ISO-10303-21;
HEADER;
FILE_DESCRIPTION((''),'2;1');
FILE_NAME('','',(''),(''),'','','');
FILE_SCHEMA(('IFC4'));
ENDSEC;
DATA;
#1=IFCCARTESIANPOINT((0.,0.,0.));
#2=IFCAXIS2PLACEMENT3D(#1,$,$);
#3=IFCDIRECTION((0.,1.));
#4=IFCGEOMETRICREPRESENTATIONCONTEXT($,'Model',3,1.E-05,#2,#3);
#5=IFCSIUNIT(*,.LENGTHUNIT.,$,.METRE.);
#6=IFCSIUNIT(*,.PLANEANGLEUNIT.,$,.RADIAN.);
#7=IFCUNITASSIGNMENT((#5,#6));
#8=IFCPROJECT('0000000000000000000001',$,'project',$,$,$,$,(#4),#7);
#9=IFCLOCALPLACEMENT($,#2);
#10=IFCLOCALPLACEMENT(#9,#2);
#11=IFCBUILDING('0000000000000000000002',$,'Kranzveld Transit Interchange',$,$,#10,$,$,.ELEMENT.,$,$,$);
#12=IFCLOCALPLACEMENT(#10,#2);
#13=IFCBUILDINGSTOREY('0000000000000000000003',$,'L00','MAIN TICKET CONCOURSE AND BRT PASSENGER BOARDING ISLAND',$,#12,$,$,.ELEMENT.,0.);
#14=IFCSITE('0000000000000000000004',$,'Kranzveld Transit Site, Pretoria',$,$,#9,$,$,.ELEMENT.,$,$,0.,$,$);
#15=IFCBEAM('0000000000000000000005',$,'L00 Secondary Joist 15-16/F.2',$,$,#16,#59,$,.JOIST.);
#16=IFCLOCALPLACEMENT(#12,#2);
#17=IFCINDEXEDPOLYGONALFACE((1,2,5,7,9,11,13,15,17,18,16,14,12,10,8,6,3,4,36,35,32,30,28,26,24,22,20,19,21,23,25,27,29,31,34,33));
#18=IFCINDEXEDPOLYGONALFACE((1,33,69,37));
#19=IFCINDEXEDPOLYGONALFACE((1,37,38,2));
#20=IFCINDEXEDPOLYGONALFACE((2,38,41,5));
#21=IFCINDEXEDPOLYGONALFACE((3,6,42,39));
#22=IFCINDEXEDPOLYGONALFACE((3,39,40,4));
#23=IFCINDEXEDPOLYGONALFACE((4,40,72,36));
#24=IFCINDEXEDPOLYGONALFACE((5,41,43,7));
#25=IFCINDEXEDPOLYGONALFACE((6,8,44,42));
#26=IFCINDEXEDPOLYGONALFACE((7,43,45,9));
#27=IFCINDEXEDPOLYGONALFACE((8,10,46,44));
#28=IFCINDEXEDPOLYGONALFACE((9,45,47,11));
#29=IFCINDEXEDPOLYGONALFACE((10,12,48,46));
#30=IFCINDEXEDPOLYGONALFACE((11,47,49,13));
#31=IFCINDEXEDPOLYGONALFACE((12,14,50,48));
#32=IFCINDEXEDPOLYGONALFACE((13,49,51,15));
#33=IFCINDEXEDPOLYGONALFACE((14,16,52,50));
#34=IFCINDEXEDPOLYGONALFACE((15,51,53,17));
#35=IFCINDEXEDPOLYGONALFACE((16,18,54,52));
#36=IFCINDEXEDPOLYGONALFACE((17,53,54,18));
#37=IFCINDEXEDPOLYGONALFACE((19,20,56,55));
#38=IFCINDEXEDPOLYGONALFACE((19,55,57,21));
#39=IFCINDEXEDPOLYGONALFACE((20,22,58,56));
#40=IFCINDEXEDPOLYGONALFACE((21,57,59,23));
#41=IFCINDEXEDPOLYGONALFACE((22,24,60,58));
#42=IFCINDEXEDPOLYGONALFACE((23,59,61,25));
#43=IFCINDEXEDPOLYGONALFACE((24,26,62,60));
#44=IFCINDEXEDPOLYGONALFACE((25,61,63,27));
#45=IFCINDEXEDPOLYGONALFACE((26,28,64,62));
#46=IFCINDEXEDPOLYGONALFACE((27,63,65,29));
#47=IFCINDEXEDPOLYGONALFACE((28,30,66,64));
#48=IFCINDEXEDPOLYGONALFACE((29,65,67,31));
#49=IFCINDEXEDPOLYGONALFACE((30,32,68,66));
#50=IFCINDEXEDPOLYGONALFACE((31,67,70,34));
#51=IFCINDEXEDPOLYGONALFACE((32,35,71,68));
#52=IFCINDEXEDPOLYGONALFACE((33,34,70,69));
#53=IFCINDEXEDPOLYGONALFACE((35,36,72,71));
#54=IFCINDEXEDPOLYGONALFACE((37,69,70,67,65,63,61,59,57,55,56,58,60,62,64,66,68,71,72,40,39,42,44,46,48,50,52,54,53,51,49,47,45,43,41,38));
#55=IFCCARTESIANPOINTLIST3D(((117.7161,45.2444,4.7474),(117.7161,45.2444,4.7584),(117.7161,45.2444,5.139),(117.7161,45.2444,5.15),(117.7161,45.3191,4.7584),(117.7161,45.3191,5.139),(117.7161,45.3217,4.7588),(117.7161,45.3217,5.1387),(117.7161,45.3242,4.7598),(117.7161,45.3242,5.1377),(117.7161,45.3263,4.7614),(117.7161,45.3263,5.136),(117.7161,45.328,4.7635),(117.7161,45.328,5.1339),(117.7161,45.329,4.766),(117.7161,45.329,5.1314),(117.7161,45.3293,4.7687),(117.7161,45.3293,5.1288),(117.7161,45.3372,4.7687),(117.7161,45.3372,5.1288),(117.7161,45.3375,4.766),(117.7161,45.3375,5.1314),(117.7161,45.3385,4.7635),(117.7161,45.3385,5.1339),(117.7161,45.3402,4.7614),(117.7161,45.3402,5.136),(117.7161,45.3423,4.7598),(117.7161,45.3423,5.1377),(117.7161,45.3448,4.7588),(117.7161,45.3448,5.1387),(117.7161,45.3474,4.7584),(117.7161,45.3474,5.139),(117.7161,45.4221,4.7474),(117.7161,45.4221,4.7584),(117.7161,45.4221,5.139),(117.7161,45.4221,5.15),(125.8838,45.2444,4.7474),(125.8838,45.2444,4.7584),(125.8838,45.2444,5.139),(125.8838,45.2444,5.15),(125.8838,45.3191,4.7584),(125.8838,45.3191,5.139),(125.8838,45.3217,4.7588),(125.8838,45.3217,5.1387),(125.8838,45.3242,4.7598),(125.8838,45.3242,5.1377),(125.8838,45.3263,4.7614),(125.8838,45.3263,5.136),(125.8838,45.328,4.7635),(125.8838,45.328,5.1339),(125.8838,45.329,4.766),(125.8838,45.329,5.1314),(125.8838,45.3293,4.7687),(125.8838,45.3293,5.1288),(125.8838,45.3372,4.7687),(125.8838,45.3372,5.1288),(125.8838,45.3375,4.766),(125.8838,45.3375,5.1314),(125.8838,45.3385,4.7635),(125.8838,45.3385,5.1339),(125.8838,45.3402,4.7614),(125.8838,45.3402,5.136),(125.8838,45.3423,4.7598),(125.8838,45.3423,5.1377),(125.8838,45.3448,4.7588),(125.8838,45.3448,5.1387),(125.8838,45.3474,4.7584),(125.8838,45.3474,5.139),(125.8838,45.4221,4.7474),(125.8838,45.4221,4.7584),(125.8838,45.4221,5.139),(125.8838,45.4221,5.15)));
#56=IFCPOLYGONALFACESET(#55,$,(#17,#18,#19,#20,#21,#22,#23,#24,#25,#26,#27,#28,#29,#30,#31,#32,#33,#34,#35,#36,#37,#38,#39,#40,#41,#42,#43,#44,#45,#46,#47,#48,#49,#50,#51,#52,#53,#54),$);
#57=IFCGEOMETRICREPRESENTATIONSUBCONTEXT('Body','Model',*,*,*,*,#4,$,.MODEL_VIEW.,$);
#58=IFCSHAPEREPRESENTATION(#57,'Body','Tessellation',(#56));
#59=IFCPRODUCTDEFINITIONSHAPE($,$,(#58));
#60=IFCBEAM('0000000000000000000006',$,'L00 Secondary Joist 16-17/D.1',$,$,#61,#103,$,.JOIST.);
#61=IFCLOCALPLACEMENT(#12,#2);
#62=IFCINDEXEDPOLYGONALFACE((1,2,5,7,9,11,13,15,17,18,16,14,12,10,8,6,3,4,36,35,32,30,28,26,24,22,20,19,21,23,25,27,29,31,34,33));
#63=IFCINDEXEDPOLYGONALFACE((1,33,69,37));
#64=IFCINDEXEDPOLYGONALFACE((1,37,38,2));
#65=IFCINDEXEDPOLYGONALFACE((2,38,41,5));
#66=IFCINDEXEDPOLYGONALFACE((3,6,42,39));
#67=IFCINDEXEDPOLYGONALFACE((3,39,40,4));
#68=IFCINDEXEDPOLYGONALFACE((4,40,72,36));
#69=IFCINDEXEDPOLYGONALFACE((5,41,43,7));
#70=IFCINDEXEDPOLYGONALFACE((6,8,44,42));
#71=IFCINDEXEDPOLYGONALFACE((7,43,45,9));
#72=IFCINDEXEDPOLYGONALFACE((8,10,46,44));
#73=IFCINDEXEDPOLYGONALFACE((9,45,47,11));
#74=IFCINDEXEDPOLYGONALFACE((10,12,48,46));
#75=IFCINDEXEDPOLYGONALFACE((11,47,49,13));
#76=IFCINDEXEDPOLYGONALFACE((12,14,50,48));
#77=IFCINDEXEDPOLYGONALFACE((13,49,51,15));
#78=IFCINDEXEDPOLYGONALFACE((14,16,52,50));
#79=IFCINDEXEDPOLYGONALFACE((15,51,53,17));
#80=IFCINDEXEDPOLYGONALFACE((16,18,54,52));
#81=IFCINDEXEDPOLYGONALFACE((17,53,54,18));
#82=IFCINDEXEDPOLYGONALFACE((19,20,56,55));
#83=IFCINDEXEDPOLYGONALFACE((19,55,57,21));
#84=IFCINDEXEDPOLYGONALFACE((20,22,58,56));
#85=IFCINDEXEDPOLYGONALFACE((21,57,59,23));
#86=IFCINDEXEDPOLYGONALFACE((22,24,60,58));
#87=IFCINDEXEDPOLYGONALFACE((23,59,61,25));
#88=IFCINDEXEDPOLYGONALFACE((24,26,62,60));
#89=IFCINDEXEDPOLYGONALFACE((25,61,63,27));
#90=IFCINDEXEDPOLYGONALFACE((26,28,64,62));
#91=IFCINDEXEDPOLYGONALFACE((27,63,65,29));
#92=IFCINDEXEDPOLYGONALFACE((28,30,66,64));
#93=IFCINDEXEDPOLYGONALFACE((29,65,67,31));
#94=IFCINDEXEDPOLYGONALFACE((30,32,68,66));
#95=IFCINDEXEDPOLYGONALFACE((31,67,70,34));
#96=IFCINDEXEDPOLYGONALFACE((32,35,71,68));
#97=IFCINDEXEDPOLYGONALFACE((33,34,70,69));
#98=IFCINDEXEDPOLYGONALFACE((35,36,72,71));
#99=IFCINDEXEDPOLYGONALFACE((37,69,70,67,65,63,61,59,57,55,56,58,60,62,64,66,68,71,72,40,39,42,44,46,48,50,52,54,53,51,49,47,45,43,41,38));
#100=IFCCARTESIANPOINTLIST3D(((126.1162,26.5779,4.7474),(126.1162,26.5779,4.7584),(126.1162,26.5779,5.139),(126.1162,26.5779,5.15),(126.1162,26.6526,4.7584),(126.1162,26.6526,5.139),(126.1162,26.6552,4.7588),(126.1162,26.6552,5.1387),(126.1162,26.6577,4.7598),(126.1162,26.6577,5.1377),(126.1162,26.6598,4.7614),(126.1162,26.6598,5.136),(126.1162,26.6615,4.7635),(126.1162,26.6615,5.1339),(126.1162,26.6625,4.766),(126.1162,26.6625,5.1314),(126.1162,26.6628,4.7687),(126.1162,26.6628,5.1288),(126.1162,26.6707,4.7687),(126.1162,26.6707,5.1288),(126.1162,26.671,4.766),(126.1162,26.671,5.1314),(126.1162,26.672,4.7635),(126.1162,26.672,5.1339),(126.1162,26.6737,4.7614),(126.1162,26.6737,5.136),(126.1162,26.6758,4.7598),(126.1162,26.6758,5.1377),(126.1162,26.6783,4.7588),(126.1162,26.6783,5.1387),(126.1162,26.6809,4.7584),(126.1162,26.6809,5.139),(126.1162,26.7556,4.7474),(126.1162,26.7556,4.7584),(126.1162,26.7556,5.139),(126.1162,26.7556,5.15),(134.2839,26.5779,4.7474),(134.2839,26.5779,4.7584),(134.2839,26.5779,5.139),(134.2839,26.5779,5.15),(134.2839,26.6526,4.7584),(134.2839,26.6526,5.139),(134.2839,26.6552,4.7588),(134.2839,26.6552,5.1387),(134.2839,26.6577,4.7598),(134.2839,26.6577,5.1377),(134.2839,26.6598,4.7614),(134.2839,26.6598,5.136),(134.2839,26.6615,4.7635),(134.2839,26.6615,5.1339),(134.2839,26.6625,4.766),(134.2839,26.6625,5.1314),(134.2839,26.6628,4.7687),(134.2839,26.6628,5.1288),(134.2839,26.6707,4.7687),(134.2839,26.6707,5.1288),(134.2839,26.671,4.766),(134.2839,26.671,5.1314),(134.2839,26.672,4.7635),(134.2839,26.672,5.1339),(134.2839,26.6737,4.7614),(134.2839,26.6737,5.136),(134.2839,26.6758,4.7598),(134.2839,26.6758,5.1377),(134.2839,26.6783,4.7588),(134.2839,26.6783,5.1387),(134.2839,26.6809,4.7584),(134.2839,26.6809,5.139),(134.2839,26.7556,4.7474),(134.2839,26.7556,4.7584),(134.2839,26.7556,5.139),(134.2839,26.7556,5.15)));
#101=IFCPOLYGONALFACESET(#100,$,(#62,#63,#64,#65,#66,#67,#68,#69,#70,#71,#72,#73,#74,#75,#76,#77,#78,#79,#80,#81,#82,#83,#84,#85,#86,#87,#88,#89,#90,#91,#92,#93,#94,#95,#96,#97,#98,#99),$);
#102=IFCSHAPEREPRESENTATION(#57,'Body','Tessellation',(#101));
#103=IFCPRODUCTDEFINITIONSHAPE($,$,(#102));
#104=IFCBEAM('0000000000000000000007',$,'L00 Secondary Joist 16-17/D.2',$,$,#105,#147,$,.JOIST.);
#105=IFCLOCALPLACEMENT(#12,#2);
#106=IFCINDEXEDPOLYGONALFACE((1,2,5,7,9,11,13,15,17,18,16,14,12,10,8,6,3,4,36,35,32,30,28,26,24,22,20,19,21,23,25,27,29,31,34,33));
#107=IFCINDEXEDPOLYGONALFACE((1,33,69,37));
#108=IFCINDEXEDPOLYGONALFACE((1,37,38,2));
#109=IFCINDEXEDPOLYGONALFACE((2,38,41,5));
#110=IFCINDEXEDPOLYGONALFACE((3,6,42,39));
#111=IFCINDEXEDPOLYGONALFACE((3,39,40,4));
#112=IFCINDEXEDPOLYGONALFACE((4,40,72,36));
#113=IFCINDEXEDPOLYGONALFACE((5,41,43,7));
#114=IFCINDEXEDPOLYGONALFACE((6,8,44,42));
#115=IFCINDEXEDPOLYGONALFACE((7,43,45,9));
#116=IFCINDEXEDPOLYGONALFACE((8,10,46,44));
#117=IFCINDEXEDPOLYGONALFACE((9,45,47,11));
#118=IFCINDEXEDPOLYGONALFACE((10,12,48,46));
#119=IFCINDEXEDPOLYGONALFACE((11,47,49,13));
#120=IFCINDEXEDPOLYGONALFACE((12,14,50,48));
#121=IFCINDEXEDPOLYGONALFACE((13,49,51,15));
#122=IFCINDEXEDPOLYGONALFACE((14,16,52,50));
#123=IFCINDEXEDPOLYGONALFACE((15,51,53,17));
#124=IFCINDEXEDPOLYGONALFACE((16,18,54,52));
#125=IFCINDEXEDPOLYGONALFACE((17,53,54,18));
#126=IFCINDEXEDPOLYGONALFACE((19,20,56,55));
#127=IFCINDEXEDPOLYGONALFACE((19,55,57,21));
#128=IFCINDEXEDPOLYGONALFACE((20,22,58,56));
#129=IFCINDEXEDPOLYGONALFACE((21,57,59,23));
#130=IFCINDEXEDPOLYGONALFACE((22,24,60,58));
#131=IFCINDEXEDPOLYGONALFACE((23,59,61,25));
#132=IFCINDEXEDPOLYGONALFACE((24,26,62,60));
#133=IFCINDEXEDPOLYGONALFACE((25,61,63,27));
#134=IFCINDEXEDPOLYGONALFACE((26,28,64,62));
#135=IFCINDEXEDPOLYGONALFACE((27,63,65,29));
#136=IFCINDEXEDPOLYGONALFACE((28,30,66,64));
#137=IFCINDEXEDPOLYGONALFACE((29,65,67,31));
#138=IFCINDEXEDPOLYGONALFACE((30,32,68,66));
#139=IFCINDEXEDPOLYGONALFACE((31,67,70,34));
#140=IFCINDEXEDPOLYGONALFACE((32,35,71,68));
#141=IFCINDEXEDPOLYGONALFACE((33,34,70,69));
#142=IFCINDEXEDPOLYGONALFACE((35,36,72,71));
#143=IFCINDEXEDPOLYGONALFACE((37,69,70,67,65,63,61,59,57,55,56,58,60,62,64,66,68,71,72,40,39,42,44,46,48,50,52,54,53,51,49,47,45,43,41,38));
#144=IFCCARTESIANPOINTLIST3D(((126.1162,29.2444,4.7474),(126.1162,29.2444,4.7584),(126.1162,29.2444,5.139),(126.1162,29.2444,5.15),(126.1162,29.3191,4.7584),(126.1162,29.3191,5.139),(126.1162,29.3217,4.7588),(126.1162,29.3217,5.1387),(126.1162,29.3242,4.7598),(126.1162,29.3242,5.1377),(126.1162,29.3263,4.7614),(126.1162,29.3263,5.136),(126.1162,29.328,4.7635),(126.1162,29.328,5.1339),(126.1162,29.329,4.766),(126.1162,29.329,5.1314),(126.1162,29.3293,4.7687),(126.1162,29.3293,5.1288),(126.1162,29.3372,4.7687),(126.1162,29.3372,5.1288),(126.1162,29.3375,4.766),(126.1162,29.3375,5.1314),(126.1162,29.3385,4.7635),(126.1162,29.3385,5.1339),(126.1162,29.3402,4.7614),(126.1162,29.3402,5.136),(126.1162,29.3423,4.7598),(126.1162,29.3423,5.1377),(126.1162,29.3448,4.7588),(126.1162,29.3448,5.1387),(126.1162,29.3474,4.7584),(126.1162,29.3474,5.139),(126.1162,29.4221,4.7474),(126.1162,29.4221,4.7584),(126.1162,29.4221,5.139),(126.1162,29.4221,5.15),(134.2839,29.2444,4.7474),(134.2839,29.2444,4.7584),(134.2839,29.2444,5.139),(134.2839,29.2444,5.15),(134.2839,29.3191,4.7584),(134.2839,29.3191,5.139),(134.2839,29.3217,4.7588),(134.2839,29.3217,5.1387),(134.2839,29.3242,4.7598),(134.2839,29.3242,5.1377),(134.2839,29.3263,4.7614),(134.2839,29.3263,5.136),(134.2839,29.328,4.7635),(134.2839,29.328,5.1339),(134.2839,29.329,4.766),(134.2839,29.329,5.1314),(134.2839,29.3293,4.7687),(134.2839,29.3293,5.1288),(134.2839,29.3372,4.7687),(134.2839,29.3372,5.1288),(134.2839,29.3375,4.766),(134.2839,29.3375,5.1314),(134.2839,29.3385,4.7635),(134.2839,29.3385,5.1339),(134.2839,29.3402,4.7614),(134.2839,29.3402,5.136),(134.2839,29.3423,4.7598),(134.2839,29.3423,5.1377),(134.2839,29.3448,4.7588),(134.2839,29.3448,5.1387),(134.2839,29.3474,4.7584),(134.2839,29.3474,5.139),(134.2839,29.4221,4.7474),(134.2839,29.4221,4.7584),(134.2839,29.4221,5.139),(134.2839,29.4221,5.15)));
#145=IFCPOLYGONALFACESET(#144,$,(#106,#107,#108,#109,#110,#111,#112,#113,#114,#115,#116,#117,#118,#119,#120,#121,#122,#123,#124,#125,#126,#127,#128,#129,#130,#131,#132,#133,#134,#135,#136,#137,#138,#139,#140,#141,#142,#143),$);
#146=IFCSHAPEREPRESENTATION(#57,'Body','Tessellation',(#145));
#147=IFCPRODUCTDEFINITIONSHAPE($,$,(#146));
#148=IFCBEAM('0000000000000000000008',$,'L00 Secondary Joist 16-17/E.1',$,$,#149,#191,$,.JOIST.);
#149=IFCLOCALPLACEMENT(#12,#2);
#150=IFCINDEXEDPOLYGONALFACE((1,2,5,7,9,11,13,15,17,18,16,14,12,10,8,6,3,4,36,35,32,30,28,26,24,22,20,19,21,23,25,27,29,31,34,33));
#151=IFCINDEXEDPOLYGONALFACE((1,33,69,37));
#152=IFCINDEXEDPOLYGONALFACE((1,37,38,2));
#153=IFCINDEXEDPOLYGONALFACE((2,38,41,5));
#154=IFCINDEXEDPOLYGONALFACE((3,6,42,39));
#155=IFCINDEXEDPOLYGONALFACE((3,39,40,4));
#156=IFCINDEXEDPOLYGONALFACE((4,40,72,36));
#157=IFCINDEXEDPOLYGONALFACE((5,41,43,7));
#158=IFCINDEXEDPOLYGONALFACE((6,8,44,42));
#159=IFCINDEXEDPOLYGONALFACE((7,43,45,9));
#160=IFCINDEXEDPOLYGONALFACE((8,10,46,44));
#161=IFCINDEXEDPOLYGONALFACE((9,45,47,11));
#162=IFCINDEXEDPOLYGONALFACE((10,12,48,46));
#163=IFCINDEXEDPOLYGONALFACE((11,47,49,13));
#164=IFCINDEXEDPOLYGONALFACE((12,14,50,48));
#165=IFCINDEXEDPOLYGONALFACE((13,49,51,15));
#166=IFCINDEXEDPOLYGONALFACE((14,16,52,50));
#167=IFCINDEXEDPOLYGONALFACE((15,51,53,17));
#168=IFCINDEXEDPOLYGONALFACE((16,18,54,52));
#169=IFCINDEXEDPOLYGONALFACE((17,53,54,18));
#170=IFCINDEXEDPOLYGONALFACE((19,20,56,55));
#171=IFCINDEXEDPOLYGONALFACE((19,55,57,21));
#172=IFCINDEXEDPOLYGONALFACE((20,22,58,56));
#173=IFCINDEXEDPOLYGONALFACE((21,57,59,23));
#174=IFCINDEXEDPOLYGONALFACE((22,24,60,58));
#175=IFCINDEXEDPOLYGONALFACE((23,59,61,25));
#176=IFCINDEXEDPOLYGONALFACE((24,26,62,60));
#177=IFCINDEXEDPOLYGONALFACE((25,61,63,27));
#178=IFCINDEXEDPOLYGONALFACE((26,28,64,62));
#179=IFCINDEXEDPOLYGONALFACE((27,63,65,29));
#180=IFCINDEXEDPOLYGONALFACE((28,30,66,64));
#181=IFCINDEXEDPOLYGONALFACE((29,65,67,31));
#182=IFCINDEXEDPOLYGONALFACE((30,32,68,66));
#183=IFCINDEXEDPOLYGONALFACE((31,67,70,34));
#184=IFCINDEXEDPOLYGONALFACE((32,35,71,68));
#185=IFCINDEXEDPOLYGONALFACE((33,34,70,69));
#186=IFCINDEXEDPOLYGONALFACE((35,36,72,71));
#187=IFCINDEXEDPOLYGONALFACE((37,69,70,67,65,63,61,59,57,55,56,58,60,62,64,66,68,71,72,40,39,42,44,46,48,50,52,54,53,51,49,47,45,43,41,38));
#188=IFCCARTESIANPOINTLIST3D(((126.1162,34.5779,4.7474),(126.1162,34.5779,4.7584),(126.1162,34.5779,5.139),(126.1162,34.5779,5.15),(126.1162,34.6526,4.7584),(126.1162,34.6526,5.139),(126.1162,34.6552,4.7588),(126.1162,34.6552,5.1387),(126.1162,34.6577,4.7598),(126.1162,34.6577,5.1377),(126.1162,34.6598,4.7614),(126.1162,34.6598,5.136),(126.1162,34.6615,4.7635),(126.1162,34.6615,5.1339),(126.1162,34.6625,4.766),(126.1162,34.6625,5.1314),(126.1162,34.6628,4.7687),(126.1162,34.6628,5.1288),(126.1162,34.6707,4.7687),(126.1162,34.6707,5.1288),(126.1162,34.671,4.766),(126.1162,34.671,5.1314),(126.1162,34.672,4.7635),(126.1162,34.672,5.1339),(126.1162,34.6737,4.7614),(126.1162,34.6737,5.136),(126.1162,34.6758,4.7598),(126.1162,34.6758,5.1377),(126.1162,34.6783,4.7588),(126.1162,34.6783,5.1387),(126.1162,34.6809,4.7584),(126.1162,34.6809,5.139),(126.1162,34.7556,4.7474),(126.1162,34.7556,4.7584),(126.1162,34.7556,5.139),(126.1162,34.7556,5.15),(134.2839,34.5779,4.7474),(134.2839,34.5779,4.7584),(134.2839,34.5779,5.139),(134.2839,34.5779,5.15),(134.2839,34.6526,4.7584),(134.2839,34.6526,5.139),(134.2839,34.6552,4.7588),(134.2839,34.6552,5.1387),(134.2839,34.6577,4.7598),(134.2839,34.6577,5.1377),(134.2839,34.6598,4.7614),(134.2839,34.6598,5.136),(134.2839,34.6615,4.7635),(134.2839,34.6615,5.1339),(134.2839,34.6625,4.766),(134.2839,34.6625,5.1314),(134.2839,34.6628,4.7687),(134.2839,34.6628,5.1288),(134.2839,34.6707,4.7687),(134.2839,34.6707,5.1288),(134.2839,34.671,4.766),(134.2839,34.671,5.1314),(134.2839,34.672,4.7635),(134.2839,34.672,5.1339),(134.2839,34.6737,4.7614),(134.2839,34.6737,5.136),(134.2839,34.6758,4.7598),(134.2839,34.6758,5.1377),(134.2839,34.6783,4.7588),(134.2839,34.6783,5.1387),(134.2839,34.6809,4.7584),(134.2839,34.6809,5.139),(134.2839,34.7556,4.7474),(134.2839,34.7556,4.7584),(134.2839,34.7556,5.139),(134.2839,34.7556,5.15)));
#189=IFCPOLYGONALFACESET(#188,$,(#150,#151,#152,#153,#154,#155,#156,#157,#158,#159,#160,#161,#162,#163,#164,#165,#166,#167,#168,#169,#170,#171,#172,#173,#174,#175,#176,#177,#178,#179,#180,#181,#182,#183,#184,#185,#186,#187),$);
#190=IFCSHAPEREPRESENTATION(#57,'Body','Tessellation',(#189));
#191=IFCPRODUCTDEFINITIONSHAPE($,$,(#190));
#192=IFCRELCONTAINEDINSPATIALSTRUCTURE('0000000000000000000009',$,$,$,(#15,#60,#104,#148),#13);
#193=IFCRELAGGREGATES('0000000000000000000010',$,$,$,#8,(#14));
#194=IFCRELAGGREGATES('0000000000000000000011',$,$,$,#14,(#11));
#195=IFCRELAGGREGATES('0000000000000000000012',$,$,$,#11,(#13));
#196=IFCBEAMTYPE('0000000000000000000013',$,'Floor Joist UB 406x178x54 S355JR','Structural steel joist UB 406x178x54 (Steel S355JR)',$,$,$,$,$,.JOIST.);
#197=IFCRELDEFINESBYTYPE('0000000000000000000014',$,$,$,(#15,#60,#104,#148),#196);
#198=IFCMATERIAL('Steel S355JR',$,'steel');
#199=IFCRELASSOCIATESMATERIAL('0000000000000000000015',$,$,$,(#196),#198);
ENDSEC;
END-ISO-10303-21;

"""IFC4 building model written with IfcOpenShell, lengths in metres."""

from ifc_helpers import new_model, si_unit, direction, frame, origin, origin_2d, place, context, subcontext, project, spatial, i_section, extrude, material, material_profile, profile_set, type_object, element, save


model = new_model("IFC4")

# Units and contexts
model_context = context("Model", 3, precision=1e-05, world=origin(), true_north=direction((0.0, 1.0)))
body_context = subcontext(model_context, "Body", "Model", "MODEL_VIEW")
ifc_project = project(units=[si_unit("LENGTHUNIT", "METRE"), si_unit("PLANEANGLEUNIT", "RADIAN")], contexts=[model_context])

# Site, building, storey
site_placement = place(None, origin())
site = spatial("IfcSite", under=ifc_project, at=site_placement, Name="Kranzveld Transit Site, Pretoria", CompositionType="ELEMENT", RefElevation=0.0)
building_placement = place(site_placement, origin())
building = spatial("IfcBuilding", under=site, at=building_placement, Name="Kranzveld Transit Interchange", CompositionType="ELEMENT")
storey_placement = place(building_placement, origin())
storey = spatial("IfcBuildingStorey", under=building, at=storey_placement, Name="L00", Description="MAIN TICKET CONCOURSE AND BRT PASSENGER BOARDING ISLAND", CompositionType="ELEMENT", Elevation=0.0)

# Beams
ifc_material_1 = material(Name="Steel S355JR", Category="steel")
ifc_material_profile_1 = material_profile(ifc_material_1, i_section(OverallWidth=0.1777, OverallDepth=0.4026, WebThickness=0.0078, FlangeThickness=0.011, FilletRadius=0.0103, at=origin_2d()), Name="UB 406x178x54")
ifc_profile_set_1 = profile_set([ifc_material_profile_1], Name="Steel S355JR")
beam_type_1 = type_object("IfcBeamType", Name="Floor Joist UB 406x178x54 S355JR", Description="Structural steel joist UB 406x178x54 (Steel S355JR)", PredefinedType="JOIST", material=ifc_profile_set_1)
for number, where, z_axis, x_axis, name in (
    (1, (117.7161, 45.3333, 4.9487), (1.0, 0.0, 0.0), (0.0, 1.0, 0.0), "L00 Secondary Joist 15-16/F.2"),
    (2, (126.1162, 26.6667, 4.9487), (1.0, 0.0, 0.0), (0.0, 1.0, 0.0), "L00 Secondary Joist 16-17/D.1"),
    (3, (126.1162, 29.3333, 4.9487), (1.0, 0.0, 0.0), (0.0, 1.0, 0.0), "L00 Secondary Joist 16-17/D.2"),
    (4, (126.1162, 34.6667, 4.9487), (1.0, 0.0, 0.0), (0.0, 1.0, 0.0), "L00 Secondary Joist 16-17/E.1"),
):
    element("IfcBeam", number, at=place(storey_placement, frame(where, z_axis=z_axis, x_axis=x_axis)), inside=storey, type_object=beam_type_1, Name=name, PredefinedType="JOIST", context=body_context, shape_type="SweptSolid", body=[
        extrude(i_section(OverallWidth=0.1777, OverallDepth=0.4026, WebThickness=0.0078, FlangeThickness=0.011, FilletRadius=0.0103, at=origin_2d()), origin(), (0.0, 0.0, 1.0), 8.1677),
    ])

save(model, "model.ifc")
